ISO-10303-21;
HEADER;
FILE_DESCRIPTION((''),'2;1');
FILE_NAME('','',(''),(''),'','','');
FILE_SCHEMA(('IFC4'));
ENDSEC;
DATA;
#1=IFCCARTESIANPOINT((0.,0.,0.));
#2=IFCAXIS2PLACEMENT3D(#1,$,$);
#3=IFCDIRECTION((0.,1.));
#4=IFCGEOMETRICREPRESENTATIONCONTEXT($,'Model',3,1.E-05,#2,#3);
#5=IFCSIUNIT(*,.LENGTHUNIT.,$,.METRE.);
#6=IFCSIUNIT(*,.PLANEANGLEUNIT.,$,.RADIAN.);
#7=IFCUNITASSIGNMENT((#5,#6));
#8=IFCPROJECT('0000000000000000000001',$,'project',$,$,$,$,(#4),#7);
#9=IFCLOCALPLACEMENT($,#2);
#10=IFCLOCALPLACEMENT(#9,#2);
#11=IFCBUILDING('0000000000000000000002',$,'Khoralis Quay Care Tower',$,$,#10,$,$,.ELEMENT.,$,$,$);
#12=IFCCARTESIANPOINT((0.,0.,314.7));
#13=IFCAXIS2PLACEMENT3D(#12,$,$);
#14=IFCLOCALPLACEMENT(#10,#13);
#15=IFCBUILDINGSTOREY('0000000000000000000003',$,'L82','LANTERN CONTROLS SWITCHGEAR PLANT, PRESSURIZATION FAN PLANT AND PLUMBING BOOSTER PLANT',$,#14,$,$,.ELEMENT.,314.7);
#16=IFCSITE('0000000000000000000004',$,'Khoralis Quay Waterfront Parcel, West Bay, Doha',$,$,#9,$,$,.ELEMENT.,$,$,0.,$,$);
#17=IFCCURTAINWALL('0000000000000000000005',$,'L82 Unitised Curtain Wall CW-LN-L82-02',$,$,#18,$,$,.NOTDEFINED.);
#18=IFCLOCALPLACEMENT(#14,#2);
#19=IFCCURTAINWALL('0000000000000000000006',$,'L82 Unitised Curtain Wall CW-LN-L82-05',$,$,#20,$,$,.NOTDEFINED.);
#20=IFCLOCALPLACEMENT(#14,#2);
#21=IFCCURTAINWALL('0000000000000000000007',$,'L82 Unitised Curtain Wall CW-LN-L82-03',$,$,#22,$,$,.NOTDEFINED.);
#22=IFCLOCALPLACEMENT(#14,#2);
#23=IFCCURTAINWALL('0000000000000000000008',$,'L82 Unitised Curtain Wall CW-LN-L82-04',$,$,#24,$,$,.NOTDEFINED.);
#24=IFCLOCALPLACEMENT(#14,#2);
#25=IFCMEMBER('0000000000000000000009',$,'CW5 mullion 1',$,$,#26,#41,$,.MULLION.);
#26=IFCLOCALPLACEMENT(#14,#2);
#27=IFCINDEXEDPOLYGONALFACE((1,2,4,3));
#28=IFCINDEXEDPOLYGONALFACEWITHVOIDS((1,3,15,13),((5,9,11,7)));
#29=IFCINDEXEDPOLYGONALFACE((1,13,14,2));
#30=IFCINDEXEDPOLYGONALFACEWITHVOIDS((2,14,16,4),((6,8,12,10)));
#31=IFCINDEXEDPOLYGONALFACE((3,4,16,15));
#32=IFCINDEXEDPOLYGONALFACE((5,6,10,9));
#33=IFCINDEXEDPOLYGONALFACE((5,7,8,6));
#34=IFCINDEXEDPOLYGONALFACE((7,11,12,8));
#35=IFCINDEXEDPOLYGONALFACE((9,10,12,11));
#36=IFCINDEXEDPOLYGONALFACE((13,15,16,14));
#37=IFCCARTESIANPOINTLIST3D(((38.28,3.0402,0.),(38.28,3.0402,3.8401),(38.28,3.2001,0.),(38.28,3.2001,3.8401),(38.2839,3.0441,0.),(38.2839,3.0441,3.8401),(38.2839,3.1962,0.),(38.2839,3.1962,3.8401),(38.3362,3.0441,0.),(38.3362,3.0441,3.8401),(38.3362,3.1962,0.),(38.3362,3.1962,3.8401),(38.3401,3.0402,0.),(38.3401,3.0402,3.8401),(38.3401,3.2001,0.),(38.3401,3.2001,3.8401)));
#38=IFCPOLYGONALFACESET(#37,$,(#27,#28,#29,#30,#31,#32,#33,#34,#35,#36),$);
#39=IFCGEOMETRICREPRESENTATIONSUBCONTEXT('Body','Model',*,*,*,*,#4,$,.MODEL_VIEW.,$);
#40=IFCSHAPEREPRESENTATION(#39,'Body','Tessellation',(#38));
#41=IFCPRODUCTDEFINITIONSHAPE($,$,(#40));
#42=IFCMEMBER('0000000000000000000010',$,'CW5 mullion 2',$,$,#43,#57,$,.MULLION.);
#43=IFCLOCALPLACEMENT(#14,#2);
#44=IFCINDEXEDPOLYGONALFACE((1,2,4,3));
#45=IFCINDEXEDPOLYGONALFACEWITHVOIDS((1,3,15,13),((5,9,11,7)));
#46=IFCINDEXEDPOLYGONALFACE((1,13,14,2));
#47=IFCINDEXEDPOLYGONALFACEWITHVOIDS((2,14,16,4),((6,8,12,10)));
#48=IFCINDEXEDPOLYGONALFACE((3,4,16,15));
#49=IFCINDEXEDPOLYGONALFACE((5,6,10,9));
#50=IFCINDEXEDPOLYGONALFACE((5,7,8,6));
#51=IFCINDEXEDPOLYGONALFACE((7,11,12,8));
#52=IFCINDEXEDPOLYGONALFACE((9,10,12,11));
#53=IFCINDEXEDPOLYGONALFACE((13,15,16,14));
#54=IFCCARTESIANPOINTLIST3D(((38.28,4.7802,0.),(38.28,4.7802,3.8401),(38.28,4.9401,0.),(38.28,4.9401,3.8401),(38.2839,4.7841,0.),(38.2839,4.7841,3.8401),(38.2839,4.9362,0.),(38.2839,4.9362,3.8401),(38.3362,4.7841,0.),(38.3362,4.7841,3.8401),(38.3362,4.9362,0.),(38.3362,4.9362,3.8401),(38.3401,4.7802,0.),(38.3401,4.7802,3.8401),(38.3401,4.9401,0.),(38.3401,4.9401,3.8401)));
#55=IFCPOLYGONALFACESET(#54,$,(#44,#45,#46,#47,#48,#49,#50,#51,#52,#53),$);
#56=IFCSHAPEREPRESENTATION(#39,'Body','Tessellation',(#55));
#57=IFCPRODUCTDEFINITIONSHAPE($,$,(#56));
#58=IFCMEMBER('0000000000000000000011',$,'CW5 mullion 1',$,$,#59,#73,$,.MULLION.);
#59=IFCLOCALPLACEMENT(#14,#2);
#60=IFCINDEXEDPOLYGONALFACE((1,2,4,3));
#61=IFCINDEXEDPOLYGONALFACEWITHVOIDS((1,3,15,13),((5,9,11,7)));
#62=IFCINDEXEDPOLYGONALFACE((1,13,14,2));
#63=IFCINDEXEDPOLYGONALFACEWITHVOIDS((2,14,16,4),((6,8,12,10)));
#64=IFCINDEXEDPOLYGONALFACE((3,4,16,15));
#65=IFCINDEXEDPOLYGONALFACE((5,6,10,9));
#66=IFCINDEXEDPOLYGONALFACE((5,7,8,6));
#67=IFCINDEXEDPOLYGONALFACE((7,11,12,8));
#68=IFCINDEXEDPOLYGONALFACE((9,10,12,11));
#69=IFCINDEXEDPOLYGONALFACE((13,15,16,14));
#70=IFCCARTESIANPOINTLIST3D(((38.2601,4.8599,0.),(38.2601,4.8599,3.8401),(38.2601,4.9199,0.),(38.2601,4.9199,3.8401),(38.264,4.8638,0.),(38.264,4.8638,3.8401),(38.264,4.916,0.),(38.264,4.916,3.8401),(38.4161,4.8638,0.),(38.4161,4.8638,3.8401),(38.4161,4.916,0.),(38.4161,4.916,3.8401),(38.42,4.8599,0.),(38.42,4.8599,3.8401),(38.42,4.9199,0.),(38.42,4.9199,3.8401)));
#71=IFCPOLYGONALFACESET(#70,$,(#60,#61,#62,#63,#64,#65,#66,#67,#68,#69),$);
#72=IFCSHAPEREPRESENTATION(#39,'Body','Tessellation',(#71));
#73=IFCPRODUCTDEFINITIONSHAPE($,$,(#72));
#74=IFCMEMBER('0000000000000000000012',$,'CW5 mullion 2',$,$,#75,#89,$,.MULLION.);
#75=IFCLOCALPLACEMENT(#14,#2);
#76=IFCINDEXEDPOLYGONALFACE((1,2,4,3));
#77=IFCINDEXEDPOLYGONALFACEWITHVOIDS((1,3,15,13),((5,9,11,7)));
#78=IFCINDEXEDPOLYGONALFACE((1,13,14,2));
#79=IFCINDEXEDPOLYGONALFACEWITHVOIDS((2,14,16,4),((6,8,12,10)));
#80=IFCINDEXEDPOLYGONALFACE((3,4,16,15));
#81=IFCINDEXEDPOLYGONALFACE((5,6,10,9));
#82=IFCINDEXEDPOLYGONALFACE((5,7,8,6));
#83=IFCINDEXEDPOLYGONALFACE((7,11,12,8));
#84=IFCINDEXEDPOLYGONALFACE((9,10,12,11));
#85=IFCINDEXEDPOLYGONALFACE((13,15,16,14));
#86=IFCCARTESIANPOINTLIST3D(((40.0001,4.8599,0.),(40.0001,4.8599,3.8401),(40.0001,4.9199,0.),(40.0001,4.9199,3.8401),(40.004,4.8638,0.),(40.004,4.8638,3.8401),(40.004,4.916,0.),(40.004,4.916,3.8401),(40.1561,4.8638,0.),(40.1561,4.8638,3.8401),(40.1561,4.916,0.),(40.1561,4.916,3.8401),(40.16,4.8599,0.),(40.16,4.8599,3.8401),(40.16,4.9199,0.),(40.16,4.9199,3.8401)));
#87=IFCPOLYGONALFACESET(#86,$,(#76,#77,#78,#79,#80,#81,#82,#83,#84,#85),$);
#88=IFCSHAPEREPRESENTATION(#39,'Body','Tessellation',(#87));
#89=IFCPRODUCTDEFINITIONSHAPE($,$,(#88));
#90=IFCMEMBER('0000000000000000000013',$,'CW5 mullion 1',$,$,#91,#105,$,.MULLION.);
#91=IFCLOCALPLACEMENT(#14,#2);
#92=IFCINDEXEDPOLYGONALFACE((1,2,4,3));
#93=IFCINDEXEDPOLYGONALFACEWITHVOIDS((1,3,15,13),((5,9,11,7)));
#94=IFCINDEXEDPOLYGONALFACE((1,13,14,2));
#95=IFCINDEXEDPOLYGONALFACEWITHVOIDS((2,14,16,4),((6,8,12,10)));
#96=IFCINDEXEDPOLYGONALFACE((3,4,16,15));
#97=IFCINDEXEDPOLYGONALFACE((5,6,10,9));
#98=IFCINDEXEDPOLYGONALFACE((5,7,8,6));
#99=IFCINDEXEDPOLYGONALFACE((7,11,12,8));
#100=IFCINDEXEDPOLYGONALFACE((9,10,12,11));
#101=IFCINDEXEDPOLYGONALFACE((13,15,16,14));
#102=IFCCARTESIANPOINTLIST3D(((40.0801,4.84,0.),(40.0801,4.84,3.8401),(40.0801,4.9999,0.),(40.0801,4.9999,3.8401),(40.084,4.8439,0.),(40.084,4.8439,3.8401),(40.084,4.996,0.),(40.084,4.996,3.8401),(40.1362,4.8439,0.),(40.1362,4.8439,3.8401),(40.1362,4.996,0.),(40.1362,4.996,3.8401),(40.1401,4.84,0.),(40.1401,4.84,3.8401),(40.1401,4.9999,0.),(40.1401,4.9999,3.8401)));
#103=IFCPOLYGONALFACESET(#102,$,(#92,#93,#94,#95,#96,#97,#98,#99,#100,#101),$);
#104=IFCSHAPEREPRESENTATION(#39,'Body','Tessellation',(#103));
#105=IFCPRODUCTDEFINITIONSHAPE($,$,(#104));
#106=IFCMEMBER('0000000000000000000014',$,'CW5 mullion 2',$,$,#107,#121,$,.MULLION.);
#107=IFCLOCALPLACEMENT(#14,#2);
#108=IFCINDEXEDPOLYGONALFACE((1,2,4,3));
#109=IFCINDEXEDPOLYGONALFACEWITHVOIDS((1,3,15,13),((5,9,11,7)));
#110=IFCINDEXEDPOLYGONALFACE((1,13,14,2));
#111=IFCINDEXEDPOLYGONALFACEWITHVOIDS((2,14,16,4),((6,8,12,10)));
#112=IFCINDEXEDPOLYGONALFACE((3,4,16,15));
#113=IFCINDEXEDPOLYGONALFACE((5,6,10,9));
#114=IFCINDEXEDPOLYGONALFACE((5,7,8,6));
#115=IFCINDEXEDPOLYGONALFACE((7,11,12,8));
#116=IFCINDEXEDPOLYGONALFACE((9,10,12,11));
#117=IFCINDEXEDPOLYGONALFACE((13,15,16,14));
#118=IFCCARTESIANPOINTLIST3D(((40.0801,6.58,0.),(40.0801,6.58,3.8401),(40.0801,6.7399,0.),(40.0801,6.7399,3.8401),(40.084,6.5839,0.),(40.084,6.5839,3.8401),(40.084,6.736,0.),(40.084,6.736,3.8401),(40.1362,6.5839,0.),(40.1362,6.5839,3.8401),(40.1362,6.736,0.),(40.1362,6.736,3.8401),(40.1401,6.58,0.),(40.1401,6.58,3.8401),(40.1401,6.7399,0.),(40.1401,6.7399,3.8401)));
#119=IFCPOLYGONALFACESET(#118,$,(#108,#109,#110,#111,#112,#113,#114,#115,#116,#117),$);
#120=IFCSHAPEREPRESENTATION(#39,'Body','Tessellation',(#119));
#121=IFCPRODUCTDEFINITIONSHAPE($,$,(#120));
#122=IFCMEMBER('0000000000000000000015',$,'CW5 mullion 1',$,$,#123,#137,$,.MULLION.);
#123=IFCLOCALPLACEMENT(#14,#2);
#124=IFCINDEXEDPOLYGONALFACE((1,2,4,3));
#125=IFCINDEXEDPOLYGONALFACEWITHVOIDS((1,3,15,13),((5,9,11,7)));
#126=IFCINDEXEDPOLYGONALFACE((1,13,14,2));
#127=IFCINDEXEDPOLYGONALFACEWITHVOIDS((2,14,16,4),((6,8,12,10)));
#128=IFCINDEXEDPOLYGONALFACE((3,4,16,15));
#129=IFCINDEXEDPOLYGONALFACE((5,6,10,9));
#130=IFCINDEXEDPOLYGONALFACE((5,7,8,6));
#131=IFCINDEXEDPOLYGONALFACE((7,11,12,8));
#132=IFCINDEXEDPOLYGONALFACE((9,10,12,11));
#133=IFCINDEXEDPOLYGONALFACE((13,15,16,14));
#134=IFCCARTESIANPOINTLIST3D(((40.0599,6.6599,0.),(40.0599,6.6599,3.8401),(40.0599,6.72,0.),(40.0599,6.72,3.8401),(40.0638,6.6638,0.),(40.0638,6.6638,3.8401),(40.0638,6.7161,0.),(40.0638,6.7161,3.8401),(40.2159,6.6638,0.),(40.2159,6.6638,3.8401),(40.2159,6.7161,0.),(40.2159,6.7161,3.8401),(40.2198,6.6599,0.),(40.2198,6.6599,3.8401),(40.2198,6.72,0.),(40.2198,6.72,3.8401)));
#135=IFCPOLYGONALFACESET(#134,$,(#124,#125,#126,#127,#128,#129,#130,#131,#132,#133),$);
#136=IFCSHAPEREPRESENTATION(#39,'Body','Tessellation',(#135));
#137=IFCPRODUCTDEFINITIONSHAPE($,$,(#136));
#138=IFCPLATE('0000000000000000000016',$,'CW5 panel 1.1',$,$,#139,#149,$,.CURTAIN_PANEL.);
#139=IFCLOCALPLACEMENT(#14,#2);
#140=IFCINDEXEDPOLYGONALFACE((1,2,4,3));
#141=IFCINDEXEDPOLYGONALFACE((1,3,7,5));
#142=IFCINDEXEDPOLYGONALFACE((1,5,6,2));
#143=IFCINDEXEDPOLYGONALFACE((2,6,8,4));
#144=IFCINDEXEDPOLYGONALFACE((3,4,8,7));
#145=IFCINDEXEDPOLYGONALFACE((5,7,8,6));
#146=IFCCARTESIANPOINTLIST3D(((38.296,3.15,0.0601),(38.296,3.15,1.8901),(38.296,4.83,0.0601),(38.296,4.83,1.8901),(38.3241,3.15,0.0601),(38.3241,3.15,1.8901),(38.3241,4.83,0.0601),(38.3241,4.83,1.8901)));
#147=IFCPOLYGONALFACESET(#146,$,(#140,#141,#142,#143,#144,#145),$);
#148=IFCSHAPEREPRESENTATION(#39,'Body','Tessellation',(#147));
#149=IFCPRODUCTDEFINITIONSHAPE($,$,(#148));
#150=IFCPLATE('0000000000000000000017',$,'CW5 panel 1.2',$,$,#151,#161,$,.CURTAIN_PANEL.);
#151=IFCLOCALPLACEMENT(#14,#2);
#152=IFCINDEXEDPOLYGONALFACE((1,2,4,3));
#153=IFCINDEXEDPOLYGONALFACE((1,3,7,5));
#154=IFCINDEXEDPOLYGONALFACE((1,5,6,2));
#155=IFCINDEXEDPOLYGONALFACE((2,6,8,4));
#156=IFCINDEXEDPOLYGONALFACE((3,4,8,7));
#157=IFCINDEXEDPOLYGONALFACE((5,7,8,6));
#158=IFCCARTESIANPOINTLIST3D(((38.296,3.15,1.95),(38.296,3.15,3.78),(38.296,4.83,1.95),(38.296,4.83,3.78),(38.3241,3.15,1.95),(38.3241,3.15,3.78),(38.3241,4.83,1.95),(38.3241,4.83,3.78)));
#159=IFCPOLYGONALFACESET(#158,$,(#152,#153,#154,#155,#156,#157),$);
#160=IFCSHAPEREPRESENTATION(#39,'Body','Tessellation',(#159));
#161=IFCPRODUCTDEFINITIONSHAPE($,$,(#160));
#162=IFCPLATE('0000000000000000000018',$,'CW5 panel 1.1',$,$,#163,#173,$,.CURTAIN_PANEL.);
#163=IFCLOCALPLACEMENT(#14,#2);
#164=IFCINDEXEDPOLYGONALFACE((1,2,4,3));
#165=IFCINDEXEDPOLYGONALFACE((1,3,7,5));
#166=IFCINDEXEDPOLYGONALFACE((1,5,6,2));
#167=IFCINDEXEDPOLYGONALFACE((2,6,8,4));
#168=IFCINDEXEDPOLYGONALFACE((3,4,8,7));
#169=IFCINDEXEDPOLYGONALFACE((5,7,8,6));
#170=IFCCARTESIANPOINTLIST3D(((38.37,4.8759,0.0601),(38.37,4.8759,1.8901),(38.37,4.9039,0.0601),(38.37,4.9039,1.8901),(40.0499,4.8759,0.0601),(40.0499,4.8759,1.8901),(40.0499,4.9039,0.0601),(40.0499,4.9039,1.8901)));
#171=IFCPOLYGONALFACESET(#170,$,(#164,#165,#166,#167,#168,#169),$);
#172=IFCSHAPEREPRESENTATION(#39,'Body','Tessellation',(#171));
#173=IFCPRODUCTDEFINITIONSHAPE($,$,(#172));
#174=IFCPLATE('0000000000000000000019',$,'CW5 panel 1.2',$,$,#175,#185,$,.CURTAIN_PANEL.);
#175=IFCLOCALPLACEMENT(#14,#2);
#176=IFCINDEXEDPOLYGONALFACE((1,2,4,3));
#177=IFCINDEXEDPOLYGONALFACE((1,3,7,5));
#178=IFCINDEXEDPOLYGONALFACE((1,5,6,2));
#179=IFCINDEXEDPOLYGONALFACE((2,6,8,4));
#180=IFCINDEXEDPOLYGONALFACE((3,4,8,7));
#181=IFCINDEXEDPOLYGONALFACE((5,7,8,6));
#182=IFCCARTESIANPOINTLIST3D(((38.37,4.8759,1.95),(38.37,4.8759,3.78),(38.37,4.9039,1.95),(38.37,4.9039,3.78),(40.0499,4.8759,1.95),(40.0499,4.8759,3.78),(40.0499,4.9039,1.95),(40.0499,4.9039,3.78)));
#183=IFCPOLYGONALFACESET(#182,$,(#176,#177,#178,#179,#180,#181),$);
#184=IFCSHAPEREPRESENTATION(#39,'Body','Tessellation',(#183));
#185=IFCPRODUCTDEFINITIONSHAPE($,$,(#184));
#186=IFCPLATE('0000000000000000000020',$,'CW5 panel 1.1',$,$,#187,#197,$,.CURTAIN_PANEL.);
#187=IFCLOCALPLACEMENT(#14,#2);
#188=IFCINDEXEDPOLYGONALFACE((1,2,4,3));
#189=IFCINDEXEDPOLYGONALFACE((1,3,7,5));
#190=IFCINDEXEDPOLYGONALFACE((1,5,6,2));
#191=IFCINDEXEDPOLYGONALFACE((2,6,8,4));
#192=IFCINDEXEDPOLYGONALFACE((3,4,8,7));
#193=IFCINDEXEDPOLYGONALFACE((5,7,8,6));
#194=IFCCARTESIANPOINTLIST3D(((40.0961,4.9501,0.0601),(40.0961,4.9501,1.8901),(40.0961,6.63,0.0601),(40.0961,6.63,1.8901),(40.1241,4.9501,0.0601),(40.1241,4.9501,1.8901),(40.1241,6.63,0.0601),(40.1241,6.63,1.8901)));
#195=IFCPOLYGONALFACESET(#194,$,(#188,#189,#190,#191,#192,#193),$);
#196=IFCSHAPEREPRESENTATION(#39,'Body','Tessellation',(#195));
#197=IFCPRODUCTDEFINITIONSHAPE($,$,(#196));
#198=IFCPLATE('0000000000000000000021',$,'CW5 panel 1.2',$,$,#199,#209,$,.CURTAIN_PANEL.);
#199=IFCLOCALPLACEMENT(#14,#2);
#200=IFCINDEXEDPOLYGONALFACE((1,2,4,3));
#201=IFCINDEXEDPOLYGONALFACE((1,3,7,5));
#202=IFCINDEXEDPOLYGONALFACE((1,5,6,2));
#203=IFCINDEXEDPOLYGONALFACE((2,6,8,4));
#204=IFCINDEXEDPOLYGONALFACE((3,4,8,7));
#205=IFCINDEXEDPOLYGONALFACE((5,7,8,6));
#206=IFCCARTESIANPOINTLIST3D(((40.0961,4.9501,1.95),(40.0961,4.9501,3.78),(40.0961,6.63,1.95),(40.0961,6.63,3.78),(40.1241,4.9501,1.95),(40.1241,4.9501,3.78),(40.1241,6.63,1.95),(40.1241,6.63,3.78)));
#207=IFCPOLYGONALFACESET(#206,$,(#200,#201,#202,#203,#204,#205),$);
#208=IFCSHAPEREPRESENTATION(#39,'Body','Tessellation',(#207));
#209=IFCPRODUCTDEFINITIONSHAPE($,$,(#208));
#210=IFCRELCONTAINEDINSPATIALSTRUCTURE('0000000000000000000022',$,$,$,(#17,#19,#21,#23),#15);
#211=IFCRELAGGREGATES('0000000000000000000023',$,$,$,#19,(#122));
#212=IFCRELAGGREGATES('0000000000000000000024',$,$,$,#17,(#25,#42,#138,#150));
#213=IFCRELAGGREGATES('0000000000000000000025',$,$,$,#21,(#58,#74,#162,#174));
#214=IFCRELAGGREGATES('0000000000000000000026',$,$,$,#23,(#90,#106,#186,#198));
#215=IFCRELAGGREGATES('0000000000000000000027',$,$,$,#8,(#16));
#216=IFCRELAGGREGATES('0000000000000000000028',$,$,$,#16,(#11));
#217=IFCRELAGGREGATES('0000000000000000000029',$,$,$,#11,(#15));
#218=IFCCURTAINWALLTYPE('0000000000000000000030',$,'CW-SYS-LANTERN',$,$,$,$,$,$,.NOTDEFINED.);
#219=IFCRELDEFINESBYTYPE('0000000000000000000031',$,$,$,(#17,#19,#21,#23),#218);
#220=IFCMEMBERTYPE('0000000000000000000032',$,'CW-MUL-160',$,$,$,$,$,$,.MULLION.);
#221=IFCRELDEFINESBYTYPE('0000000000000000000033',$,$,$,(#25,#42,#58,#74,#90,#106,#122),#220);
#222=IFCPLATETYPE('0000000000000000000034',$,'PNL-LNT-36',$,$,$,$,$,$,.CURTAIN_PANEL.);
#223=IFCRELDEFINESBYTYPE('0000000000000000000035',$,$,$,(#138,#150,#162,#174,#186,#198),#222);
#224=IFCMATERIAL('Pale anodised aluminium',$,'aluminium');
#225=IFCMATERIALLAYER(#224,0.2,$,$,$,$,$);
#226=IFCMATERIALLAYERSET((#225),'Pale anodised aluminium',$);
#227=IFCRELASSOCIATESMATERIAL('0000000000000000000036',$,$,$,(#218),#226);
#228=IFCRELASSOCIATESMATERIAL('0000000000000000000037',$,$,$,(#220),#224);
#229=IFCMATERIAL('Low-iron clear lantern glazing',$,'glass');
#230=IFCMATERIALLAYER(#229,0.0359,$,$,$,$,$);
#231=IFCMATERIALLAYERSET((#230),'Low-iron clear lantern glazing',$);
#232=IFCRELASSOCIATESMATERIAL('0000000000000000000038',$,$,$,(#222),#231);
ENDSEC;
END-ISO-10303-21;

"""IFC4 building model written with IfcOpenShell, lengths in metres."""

from ifc_helpers import new_model, si_unit, direction, frame, origin, origin_2d, place, context, subcontext, project, spatial, rectangle, hollow_rectangle, extrude, source, transform, mapped, material, layer, layer_set, material_profile, profile_set, type_object, element, aggregate, save


model = new_model("IFC4")

# Units and contexts
model_context = context("Model", 3, precision=1e-05, world=origin(), true_north=direction((0.0, 1.0)))
body_context = subcontext(model_context, "Body", "Model", "MODEL_VIEW")
ifc_project = project(units=[si_unit("LENGTHUNIT", "METRE"), si_unit("PLANEANGLEUNIT", "RADIAN")], contexts=[model_context])

# Site, building, storey
site_placement = place(None, origin())
site = spatial("IfcSite", under=ifc_project, at=site_placement, Name="Khoralis Quay Waterfront Parcel, West Bay, Doha", CompositionType="ELEMENT", RefElevation=0.0)
building_placement = place(site_placement, origin())
building = spatial("IfcBuilding", under=site, at=building_placement, Name="Khoralis Quay Care Tower", CompositionType="ELEMENT")
storey_placement = place(building_placement, frame((0.0, 0.0, 314.7)))
storey = spatial("IfcBuildingStorey", under=building, at=storey_placement, Name="L82", Description="LANTERN CONTROLS SWITCHGEAR PLANT, PRESSURIZATION FAN PLANT AND PLUMBING BOOSTER PLANT", CompositionType="ELEMENT", Elevation=314.7)

# Curtain walls
ifc_material_1 = material(Name="Pale anodised aluminium", Category="aluminium")
ifc_layer_1 = layer(ifc_material_1, 0.2)
ifc_layer_set_1 = layer_set([ifc_layer_1], Name="Pale anodised aluminium")
curtain_wall_type = type_object("IfcCurtainWallType", Name="CW-SYS-LANTERN", PredefinedType="NOTDEFINED", material=ifc_layer_set_1)
curtain_wall_1_placement = place(storey_placement, origin())
curtain_wall_1 = element("IfcCurtainWall", 1, at=curtain_wall_1_placement, inside=storey, type_object=curtain_wall_type, Name="L82 Unitised Curtain Wall CW-LN-L82-02", PredefinedType="NOTDEFINED")
curtain_wall_2_placement = place(storey_placement, origin())
curtain_wall_2 = element("IfcCurtainWall", 2, at=curtain_wall_2_placement, inside=storey, type_object=curtain_wall_type, Name="L82 Unitised Curtain Wall CW-LN-L82-05", PredefinedType="NOTDEFINED")
curtain_wall_3_placement = place(storey_placement, origin())
curtain_wall_3 = element("IfcCurtainWall", 3, at=curtain_wall_3_placement, inside=storey, type_object=curtain_wall_type, Name="L82 Unitised Curtain Wall CW-LN-L82-03", PredefinedType="NOTDEFINED")
curtain_wall_4_placement = place(storey_placement, origin())
curtain_wall_4 = element("IfcCurtainWall", 4, at=curtain_wall_4_placement, inside=storey, type_object=curtain_wall_type, Name="L82 Unitised Curtain Wall CW-LN-L82-04", PredefinedType="NOTDEFINED")

# Members
ifc_material_profile_1 = material_profile(ifc_material_1, hollow_rectangle(XDim=0.0601, YDim=0.1599, WallThickness=0.0039, at=origin_2d()), Name="Pale anodised aluminium")
ifc_profile_set_1 = profile_set([ifc_material_profile_1], Name="Pale anodised aluminium")
member_type_1 = type_object("IfcMemberType", Name="CW-MUL-160", PredefinedType="MULLION", material=ifc_profile_set_1)
shared_shape_1 = source(origin(), body_context, "Body", "SweptSolid", [
    extrude(hollow_rectangle(XDim=0.0601, YDim=0.1599, WallThickness=0.0039, at=origin_2d()), origin(), (0.0, 0.0, 1.0), 3.8401),
])
member_1_placement = place(storey_placement, frame((38.3101, 3.1201, 0.0), z_axis=(0.0, 0.0, 1.0), x_axis=(-1.0, 0.0, 0.0)))
member_1 = element("IfcMember", 5, at=member_1_placement, type_object=member_type_1, Name="CW5 mullion 1", PredefinedType="MULLION", context=body_context, shape_type="MappedRepresentation", body=[
    mapped(shared_shape_1, transform((0.0, 0.0, 0.0), scale=1.0)),
])
member_2_placement = place(storey_placement, frame((38.3101, 4.8601, 0.0), z_axis=(0.0, 0.0, 1.0), x_axis=(-1.0, 0.0, 0.0)))
member_2 = element("IfcMember", 6, at=member_2_placement, type_object=member_type_1, Name="CW5 mullion 2", PredefinedType="MULLION", context=body_context, shape_type="MappedRepresentation", body=[
    mapped(shared_shape_1, transform((0.0, 0.0, 0.0), scale=1.0)),
])
member_3_placement = place(storey_placement, frame((38.3401, 4.8899, 0.0), z_axis=(0.0, 0.0, 1.0), x_axis=(0.0, 1.0, 0.0)))
member_3 = element("IfcMember", 7, at=member_3_placement, type_object=member_type_1, Name="CW5 mullion 1", PredefinedType="MULLION", context=body_context, shape_type="MappedRepresentation", body=[
    mapped(shared_shape_1, transform((0.0, 0.0, 0.0), scale=1.0)),
])
member_4_placement = place(storey_placement, frame((40.0801, 4.8899, 0.0), z_axis=(0.0, 0.0, 1.0), x_axis=(0.0, 1.0, 0.0)))
member_4 = element("IfcMember", 8, at=member_4_placement, type_object=member_type_1, Name="CW5 mullion 2", PredefinedType="MULLION", context=body_context, shape_type="MappedRepresentation", body=[
    mapped(shared_shape_1, transform((0.0, 0.0, 0.0), scale=1.0)),
])
member_5_placement = place(storey_placement, frame((40.1101, 4.9199, 0.0), z_axis=(0.0, 0.0, 1.0), x_axis=(-1.0, 0.0, 0.0)))
member_5 = element("IfcMember", 9, at=member_5_placement, type_object=member_type_1, Name="CW5 mullion 1", PredefinedType="MULLION", context=body_context, shape_type="MappedRepresentation", body=[
    mapped(shared_shape_1, transform((0.0, 0.0, 0.0), scale=1.0)),
])
member_6_placement = place(storey_placement, frame((40.1101, 6.6599, 0.0), z_axis=(0.0, 0.0, 1.0), x_axis=(-1.0, 0.0, 0.0)))
member_6 = element("IfcMember", 10, at=member_6_placement, type_object=member_type_1, Name="CW5 mullion 2", PredefinedType="MULLION", context=body_context, shape_type="MappedRepresentation", body=[
    mapped(shared_shape_1, transform((0.0, 0.0, 0.0), scale=1.0)),
])
member_7_placement = place(storey_placement, frame((40.1399, 6.6899, 0.0), z_axis=(0.0, 0.0, 1.0), x_axis=(0.0, 1.0, 0.0)))
member_7 = element("IfcMember", 11, at=member_7_placement, type_object=member_type_1, Name="CW5 mullion 1", PredefinedType="MULLION", context=body_context, shape_type="MappedRepresentation", body=[
    mapped(shared_shape_1, transform((0.0, 0.0, 0.0), scale=1.0)),
])
aggregate(curtain_wall_2, [member_7])

# Plates
ifc_material_2 = material(Name="Low-iron clear lantern glazing", Category="glass")
ifc_layer_2 = layer(ifc_material_2, 0.0359)
ifc_layer_set_2 = layer_set([ifc_layer_2], Name="Low-iron clear lantern glazing")
plate_type = type_object("IfcPlateType", Name="PNL-LNT-36", PredefinedType="CURTAIN_PANEL", material=ifc_layer_set_2)
shared_shape_2 = source(origin(), body_context, "Body", "SweptSolid", [
    extrude(rectangle(XDim=1.6799, YDim=0.0281, at=origin_2d()), origin(), (0.0, 0.0, 1.0), 1.8301),
])
plate_1_placement = place(storey_placement, frame((38.3101, 3.99, 0.0601), z_axis=(0.0, 0.0, 1.0), x_axis=(0.0, 1.0, 0.0)))
plate_1 = element("IfcPlate", 12, at=plate_1_placement, type_object=plate_type, Name="CW5 panel 1.1", PredefinedType="CURTAIN_PANEL", context=body_context, shape_type="MappedRepresentation", body=[
    mapped(shared_shape_2, transform((0.0, 0.0, 0.0), scale=1.0)),
])
plate_2_placement = place(storey_placement, frame((38.3101, 3.99, 1.95), z_axis=(0.0, 0.0, 1.0), x_axis=(0.0, 1.0, 0.0)))
plate_2 = element("IfcPlate", 13, at=plate_2_placement, type_object=plate_type, Name="CW5 panel 1.2", PredefinedType="CURTAIN_PANEL", context=body_context, shape_type="MappedRepresentation", body=[
    mapped(shared_shape_2, transform((0.0, 0.0, 0.0), scale=1.0)),
])
aggregate(curtain_wall_1, [member_1, member_2, plate_1, plate_2])
plate_3_placement = place(storey_placement, frame((39.21, 4.8899, 0.0601), z_axis=(0.0, 0.0, 1.0), x_axis=(1.0, 0.0, 0.0)))
plate_3 = element("IfcPlate", 14, at=plate_3_placement, type_object=plate_type, Name="CW5 panel 1.1", PredefinedType="CURTAIN_PANEL", context=body_context, shape_type="MappedRepresentation", body=[
    mapped(shared_shape_2, transform((0.0, 0.0, 0.0), scale=1.0)),
])
plate_4_placement = place(storey_placement, frame((39.21, 4.8899, 1.95), z_axis=(0.0, 0.0, 1.0), x_axis=(1.0, 0.0, 0.0)))
plate_4 = element("IfcPlate", 15, at=plate_4_placement, type_object=plate_type, Name="CW5 panel 1.2", PredefinedType="CURTAIN_PANEL", context=body_context, shape_type="MappedRepresentation", body=[
    mapped(shared_shape_2, transform((0.0, 0.0, 0.0), scale=1.0)),
])
aggregate(curtain_wall_3, [member_3, member_4, plate_3, plate_4])
plate_5_placement = place(storey_placement, frame((40.1101, 5.79, 0.0601), z_axis=(0.0, 0.0, 1.0), x_axis=(0.0, 1.0, 0.0)))
plate_5 = element("IfcPlate", 16, at=plate_5_placement, type_object=plate_type, Name="CW5 panel 1.1", PredefinedType="CURTAIN_PANEL", context=body_context, shape_type="MappedRepresentation", body=[
    mapped(shared_shape_2, transform((0.0, 0.0, 0.0), scale=1.0)),
])
plate_6_placement = place(storey_placement, frame((40.1101, 5.79, 1.95), z_axis=(0.0, 0.0, 1.0), x_axis=(0.0, 1.0, 0.0)))
plate_6 = element("IfcPlate", 17, at=plate_6_placement, type_object=plate_type, Name="CW5 panel 1.2", PredefinedType="CURTAIN_PANEL", context=body_context, shape_type="MappedRepresentation", body=[
    mapped(shared_shape_2, transform((0.0, 0.0, 0.0), scale=1.0)),
])
aggregate(curtain_wall_4, [member_5, member_6, plate_5, plate_6])

save(model, "model.ifc")
